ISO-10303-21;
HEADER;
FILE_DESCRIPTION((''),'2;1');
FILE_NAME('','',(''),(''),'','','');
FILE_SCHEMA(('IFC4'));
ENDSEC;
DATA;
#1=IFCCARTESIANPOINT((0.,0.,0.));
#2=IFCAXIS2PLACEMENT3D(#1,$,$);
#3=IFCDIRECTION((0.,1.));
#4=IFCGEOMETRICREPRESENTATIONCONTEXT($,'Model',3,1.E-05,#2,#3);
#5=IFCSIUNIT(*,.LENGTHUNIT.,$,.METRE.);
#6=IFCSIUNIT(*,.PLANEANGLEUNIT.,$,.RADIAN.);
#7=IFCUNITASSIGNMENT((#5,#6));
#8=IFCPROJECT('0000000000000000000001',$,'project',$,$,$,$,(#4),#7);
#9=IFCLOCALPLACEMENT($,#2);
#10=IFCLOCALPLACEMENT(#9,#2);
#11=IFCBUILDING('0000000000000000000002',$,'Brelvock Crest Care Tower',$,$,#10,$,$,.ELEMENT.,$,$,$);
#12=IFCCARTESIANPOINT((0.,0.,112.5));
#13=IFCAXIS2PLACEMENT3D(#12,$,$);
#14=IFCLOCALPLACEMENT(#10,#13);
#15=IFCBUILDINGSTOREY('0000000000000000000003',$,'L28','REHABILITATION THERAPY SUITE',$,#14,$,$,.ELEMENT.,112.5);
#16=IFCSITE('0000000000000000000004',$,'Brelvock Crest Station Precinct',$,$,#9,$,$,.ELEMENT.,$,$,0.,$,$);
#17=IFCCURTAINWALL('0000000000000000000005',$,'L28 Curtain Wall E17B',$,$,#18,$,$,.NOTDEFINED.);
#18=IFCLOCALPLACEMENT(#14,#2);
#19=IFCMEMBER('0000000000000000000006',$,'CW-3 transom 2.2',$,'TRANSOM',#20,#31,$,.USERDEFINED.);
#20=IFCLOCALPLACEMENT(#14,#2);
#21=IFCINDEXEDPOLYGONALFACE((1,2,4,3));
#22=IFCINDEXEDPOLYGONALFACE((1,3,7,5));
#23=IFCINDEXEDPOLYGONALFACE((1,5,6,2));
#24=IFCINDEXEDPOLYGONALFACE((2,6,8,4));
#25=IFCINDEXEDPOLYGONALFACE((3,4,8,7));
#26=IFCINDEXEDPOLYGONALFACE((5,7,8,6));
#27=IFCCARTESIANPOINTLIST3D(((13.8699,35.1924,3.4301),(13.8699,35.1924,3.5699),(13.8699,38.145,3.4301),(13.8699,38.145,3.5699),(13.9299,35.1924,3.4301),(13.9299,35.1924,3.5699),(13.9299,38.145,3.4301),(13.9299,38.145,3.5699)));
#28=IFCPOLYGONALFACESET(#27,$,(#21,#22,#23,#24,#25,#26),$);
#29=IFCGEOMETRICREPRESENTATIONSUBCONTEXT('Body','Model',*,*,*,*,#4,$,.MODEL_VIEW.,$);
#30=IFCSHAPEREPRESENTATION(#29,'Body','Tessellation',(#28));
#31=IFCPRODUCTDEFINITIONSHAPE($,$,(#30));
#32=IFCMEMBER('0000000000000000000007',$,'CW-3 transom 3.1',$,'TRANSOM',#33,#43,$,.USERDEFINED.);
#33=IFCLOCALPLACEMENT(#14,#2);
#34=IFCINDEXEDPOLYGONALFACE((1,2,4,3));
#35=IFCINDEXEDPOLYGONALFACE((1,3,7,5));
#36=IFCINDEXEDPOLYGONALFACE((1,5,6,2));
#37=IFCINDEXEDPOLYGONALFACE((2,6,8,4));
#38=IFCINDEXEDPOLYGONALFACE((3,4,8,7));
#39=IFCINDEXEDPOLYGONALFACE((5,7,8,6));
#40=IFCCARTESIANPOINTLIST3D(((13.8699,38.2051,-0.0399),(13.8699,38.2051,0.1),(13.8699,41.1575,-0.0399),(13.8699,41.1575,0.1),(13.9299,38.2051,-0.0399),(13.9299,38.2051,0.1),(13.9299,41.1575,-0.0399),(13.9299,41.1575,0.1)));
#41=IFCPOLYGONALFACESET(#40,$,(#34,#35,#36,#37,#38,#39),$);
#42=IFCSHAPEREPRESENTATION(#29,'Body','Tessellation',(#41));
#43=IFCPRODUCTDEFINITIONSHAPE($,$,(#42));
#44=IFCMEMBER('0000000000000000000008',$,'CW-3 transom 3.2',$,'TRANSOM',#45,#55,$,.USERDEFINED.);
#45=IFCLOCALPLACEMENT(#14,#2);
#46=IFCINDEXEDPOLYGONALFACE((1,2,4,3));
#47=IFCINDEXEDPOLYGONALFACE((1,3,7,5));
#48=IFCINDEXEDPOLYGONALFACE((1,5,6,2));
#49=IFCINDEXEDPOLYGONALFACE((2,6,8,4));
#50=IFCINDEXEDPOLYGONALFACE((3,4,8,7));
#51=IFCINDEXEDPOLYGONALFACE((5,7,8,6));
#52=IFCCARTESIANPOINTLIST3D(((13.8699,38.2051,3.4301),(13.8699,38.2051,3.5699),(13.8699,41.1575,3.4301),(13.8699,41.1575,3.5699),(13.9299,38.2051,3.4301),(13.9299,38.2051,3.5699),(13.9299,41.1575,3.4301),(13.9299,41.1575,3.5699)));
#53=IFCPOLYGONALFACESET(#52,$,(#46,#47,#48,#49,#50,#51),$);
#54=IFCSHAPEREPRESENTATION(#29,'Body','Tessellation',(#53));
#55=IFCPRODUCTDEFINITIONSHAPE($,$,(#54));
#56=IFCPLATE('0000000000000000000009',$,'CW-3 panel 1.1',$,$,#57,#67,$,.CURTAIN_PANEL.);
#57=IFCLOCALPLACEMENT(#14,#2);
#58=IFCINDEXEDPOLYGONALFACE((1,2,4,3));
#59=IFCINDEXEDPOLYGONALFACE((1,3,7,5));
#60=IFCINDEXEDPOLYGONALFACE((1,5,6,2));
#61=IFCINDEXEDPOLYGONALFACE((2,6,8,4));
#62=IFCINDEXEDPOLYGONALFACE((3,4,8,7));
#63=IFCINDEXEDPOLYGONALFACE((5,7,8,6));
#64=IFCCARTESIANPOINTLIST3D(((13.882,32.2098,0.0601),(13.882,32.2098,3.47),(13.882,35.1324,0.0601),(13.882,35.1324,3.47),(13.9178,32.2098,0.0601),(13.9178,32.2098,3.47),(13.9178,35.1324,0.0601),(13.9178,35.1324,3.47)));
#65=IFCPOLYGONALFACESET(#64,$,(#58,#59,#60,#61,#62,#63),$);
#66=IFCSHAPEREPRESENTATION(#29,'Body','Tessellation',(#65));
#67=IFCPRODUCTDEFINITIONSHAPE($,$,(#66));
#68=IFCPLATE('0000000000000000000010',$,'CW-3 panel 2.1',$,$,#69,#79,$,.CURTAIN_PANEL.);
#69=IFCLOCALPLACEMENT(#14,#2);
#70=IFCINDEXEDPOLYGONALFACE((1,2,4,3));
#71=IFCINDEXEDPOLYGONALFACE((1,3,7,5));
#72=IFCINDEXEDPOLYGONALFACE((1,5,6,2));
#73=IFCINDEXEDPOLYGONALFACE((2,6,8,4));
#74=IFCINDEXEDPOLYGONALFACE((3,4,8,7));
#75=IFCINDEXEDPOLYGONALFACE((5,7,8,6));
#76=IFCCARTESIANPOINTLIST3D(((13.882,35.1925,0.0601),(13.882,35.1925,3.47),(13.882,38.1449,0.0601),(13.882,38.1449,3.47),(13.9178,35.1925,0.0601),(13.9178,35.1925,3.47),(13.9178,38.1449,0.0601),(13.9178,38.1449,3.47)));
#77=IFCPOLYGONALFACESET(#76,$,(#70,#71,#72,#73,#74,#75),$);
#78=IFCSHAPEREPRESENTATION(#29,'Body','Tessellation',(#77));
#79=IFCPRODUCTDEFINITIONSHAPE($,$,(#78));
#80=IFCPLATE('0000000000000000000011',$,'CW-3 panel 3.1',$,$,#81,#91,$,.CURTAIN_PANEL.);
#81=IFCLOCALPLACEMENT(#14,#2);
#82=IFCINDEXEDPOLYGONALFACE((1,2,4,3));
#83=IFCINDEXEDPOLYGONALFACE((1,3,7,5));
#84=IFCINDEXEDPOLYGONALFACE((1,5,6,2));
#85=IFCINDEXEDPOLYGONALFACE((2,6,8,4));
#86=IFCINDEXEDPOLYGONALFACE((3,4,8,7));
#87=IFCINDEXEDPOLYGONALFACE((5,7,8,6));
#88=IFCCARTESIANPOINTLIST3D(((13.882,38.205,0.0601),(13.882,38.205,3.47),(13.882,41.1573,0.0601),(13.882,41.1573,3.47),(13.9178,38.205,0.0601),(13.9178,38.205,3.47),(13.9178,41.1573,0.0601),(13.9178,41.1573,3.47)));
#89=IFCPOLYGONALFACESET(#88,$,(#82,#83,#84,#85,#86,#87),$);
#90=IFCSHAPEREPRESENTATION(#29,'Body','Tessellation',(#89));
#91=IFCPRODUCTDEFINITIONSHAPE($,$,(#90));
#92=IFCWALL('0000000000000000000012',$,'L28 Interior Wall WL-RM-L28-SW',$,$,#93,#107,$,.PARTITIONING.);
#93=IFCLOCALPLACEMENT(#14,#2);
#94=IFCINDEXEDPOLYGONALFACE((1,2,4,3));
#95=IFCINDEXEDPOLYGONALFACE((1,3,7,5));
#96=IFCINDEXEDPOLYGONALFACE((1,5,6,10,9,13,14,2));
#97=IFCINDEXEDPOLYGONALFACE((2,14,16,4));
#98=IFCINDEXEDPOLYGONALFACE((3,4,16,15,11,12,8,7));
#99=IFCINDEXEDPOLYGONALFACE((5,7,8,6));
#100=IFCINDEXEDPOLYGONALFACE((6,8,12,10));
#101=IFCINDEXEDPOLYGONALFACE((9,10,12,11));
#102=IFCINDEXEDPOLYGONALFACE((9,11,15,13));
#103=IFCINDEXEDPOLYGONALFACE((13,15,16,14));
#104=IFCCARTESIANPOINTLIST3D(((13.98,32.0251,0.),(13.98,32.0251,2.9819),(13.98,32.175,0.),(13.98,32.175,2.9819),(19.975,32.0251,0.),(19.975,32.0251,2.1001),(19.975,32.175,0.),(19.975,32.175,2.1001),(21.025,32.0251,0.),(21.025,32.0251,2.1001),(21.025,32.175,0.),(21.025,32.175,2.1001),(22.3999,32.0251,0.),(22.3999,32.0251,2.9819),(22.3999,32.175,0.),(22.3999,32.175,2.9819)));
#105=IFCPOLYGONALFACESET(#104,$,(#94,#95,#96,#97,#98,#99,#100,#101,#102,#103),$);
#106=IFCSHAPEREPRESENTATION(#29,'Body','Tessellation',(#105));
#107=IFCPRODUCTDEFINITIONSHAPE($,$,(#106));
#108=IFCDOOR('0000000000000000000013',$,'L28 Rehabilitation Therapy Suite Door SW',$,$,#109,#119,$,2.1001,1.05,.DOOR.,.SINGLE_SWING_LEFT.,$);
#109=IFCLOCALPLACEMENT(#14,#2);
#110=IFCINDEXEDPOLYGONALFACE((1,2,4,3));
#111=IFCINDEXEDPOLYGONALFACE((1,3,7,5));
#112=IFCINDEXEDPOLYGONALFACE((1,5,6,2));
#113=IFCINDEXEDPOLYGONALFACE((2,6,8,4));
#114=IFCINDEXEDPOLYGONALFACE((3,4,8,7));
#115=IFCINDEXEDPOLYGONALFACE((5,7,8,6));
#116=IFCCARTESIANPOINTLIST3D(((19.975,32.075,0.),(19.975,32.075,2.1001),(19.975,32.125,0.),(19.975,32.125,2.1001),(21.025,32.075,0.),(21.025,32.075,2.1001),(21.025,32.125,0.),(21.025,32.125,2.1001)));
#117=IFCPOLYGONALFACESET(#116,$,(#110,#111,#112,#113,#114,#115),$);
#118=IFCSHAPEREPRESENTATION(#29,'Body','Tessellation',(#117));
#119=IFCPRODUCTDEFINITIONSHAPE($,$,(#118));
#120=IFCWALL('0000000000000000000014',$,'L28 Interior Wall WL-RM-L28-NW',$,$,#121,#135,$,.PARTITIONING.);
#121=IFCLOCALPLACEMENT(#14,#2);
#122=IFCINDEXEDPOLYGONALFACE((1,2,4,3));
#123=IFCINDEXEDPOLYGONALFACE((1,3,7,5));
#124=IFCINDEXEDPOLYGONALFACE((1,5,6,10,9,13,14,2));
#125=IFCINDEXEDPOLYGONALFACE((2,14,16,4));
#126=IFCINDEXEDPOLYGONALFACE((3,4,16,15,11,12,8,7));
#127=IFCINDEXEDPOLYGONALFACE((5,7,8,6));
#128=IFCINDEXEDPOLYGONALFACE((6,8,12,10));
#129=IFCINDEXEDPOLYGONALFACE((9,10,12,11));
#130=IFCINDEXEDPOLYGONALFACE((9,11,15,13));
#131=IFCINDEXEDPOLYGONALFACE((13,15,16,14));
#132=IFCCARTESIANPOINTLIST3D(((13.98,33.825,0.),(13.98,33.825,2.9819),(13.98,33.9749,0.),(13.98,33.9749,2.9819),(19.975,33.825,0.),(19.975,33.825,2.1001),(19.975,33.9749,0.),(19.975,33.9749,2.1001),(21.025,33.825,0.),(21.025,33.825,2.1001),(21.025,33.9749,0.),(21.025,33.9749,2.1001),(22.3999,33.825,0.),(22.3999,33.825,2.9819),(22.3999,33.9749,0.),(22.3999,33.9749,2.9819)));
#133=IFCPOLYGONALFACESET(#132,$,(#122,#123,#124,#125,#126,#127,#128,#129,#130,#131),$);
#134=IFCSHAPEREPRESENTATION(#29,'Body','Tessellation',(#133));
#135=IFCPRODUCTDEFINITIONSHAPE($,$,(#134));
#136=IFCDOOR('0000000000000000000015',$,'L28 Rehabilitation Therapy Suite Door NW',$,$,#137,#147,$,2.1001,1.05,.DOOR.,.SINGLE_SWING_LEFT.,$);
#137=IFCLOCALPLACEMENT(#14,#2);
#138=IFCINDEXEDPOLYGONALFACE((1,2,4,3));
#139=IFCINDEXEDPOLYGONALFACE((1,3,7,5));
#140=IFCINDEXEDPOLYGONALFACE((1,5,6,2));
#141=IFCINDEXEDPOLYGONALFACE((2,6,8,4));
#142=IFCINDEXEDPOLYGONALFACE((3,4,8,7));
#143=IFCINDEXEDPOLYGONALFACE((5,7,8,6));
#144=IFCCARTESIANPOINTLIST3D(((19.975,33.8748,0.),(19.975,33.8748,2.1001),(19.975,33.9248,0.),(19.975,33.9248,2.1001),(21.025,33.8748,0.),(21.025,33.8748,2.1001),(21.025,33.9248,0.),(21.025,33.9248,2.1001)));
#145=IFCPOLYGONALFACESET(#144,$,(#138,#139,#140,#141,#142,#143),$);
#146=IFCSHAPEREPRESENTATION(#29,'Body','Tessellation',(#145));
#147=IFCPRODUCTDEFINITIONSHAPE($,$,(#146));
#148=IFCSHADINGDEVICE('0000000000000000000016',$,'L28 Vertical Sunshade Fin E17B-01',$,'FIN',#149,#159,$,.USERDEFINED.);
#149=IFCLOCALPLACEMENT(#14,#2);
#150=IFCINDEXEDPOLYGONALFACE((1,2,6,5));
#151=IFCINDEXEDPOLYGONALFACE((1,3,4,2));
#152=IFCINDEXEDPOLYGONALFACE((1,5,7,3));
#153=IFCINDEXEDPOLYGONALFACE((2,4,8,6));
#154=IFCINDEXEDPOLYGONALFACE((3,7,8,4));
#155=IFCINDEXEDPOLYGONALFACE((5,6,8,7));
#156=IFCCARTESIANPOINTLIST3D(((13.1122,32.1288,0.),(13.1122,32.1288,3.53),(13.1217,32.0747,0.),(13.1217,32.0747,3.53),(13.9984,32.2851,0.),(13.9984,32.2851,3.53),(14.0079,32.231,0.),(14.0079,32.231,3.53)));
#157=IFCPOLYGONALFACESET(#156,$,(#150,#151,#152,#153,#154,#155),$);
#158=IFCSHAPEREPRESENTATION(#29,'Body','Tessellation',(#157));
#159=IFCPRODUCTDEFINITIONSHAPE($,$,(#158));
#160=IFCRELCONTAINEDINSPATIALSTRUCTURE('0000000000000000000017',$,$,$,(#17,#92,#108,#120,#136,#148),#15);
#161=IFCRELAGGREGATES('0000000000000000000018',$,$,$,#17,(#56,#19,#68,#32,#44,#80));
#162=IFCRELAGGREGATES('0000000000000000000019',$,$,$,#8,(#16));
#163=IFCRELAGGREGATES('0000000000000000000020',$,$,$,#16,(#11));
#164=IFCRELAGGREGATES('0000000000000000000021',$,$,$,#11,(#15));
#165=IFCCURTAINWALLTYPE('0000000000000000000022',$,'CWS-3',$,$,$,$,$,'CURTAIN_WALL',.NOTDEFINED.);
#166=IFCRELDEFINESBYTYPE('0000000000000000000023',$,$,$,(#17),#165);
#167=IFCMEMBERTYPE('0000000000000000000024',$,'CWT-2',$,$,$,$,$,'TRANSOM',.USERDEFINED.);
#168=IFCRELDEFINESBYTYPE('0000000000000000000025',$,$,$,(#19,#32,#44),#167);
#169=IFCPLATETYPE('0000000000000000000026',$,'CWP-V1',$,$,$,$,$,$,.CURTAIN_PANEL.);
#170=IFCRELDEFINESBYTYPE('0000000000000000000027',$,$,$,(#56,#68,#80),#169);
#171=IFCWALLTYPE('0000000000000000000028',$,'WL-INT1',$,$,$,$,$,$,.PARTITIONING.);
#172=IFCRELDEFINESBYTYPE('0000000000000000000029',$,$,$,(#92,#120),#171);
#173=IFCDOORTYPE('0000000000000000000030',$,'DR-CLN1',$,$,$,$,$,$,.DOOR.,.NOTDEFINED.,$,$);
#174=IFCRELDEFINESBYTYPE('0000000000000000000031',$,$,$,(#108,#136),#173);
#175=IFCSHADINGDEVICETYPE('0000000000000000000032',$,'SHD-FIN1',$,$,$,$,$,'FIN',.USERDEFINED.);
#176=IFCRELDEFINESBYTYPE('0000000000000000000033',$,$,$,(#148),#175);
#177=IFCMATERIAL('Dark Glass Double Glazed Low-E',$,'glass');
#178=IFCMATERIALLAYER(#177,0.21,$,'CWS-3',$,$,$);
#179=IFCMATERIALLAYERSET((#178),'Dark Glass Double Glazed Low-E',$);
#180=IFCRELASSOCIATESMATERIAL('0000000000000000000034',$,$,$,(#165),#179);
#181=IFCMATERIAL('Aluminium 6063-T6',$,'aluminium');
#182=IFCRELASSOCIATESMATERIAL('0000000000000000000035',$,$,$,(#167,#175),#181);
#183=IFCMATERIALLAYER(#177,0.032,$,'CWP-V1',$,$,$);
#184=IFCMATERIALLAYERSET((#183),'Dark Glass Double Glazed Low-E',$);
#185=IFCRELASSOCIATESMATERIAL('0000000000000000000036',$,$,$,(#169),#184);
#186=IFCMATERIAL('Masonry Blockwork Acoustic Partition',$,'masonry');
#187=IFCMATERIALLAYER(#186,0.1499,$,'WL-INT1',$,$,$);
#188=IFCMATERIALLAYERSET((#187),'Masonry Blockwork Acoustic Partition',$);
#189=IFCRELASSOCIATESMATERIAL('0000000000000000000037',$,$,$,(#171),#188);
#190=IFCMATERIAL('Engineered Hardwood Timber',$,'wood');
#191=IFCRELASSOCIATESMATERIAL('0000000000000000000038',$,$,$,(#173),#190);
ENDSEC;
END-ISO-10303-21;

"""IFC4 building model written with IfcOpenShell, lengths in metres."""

from ifc_helpers import new_model, si_unit, direction, frame, frame_2d, origin, origin_2d, place, context, subcontext, project, spatial, rectangle, extrude, source, transform, mapped, material, layer, layer_set, material_profile, profile_set, type_object, element, fill, aggregate, save


model = new_model("IFC4")

# Units and contexts
model_context = context("Model", 3, precision=1e-05, world=origin(), true_north=direction((0.0, 1.0)))
body_context = subcontext(model_context, "Body", "Model", "MODEL_VIEW")
ifc_project = project(units=[si_unit("LENGTHUNIT", "METRE"), si_unit("PLANEANGLEUNIT", "RADIAN")], contexts=[model_context])

# Site, building, storey
site_placement = place(None, origin())
site = spatial("IfcSite", under=ifc_project, at=site_placement, Name="Brelvock Crest Station Precinct", CompositionType="ELEMENT", RefElevation=0.0)
building_placement = place(site_placement, origin())
building = spatial("IfcBuilding", under=site, at=building_placement, Name="Brelvock Crest Care Tower", CompositionType="ELEMENT")
storey_placement = place(building_placement, frame((0.0, 0.0, 112.5)))
storey = spatial("IfcBuildingStorey", under=building, at=storey_placement, Name="L28", Description="REHABILITATION THERAPY SUITE", CompositionType="ELEMENT", Elevation=112.5)

# Curtain wall, members, plates
ifc_material_1 = material(Name="Dark Glass Double Glazed Low-E", Category="glass")
ifc_layer_1 = layer(ifc_material_1, 0.21, Name="CWS-3")
ifc_layer_set_1 = layer_set([ifc_layer_1], Name="Dark Glass Double Glazed Low-E")
curtain_wall_type = type_object("IfcCurtainWallType", Name="CWS-3", ElementType="CURTAIN_WALL", PredefinedType="NOTDEFINED", material=ifc_layer_set_1)
curtain_wall_placement = place(storey_placement, origin())
curtain_wall = element("IfcCurtainWall", 1, at=curtain_wall_placement, inside=storey, type_object=curtain_wall_type, Name="L28 Curtain Wall E17B", PredefinedType="NOTDEFINED")
ifc_material_2 = material(Name="Aluminium 6063-T6", Category="aluminium")
ifc_material_profile_1 = material_profile(ifc_material_2, rectangle(XDim=0.0601, YDim=0.1399, at=origin_2d()), Name="ALU60x140")
ifc_profile_set_1 = profile_set([ifc_material_profile_1], Name="Aluminium 6063-T6")
member_type_1 = type_object("IfcMemberType", Name="CWT-2", ElementType="TRANSOM", PredefinedType="USERDEFINED", material=ifc_profile_set_1)
shared_shape_1 = source(origin(), body_context, "Body", "SweptSolid", [
    extrude(rectangle(XDim=0.0601, YDim=0.1399, at=origin_2d()), origin(), (0.0, 0.0, 1.0), 2.9526),
])
member_1_placement = place(storey_placement, frame((13.8999, 35.1924, 3.5), z_axis=(0.0, 1.0, 0.0), x_axis=(-1.0, 0.0, 0.0)))
member_1 = element("IfcMember", 2, at=member_1_placement, type_object=member_type_1, Name="CW-3 transom 2.2", ObjectType="TRANSOM", PredefinedType="USERDEFINED", context=body_context, shape_type="MappedRepresentation", body=[
    mapped(shared_shape_1, transform((0.0, 0.0, 0.0), x_axis=(1.0, 0.0, 0.0), y_axis=(0.0, 1.0, 0.0), z_axis=(0.0, 0.0, 1.0), scale=1.0)),
])
shared_shape_2 = source(origin(), body_context, "Body", "SweptSolid", [
    extrude(rectangle(XDim=0.0601, YDim=0.1399, at=origin_2d()), origin(), (0.0, 0.0, 1.0), 2.9524),
])
member_2_placement = place(storey_placement, frame((13.8999, 38.2051, 0.03), z_axis=(0.0, 1.0, 0.0), x_axis=(-1.0, 0.0, 0.0)))
member_2 = element("IfcMember", 3, at=member_2_placement, type_object=member_type_1, Name="CW-3 transom 3.1", ObjectType="TRANSOM", PredefinedType="USERDEFINED", context=body_context, shape_type="MappedRepresentation", body=[
    mapped(shared_shape_2, transform((0.0, 0.0, 0.0), x_axis=(1.0, 0.0, 0.0), y_axis=(0.0, 1.0, 0.0), z_axis=(0.0, 0.0, 1.0), scale=1.0)),
])
member_3_placement = place(storey_placement, frame((13.8999, 38.2051, 3.5), z_axis=(0.0, 1.0, 0.0), x_axis=(-1.0, 0.0, 0.0)))
member_3 = element("IfcMember", 4, at=member_3_placement, type_object=member_type_1, Name="CW-3 transom 3.2", ObjectType="TRANSOM", PredefinedType="USERDEFINED", context=body_context, shape_type="MappedRepresentation", body=[
    mapped(shared_shape_2, transform((0.0, 0.0, 0.0), x_axis=(1.0, 0.0, 0.0), y_axis=(0.0, 1.0, 0.0), z_axis=(0.0, 0.0, 1.0), scale=1.0)),
])
ifc_layer_2 = layer(ifc_material_1, 0.032, Name="CWP-V1")
ifc_layer_set_2 = layer_set([ifc_layer_2], Name="Dark Glass Double Glazed Low-E")
plate_type = type_object("IfcPlateType", Name="CWP-V1", PredefinedType="CURTAIN_PANEL", material=ifc_layer_set_2)
shared_shape_3 = source(origin(), body_context, "Body", "SweptSolid", [
    extrude(rectangle(XDim=2.9226, YDim=0.0359, at=origin_2d()), origin(), (0.0, 0.0, 1.0), 3.4099),
])
plate_1_placement = place(storey_placement, frame((13.8999, 33.6711, 0.0601), z_axis=(0.0, 0.0, 1.0), x_axis=(0.0, 1.0, 0.0)))
plate_1 = element("IfcPlate", 5, at=plate_1_placement, type_object=plate_type, Name="CW-3 panel 1.1", PredefinedType="CURTAIN_PANEL", context=body_context, shape_type="MappedRepresentation", body=[
    mapped(shared_shape_3, transform((0.0, 0.0, 0.0), x_axis=(1.0, 0.0, 0.0), y_axis=(0.0, 1.0, 0.0), z_axis=(0.0, 0.0, 1.0), scale=1.0)),
])
shared_shape_4 = source(origin(), body_context, "Body", "SweptSolid", [
    extrude(rectangle(XDim=2.9524, YDim=0.0359, at=origin_2d()), origin(), (0.0, 0.0, 1.0), 3.4099),
])
plate_2_placement = place(storey_placement, frame((13.8999, 36.6687, 0.0601), z_axis=(0.0, 0.0, 1.0), x_axis=(0.0, 1.0, 0.0)))
plate_2 = element("IfcPlate", 6, at=plate_2_placement, type_object=plate_type, Name="CW-3 panel 2.1", PredefinedType="CURTAIN_PANEL", context=body_context, shape_type="MappedRepresentation", body=[
    mapped(shared_shape_4, transform((0.0, 0.0, 0.0), x_axis=(1.0, 0.0, 0.0), y_axis=(0.0, 1.0, 0.0), z_axis=(0.0, 0.0, 1.0), scale=1.0)),
])
plate_3_placement = place(storey_placement, frame((13.8999, 39.6812, 0.0601), z_axis=(0.0, 0.0, 1.0), x_axis=(0.0, 1.0, 0.0)))
plate_3 = element("IfcPlate", 7, at=plate_3_placement, type_object=plate_type, Name="CW-3 panel 3.1", PredefinedType="CURTAIN_PANEL", context=body_context, shape_type="MappedRepresentation", body=[
    mapped(shared_shape_4, transform((0.0, 0.0, 0.0), x_axis=(1.0, 0.0, 0.0), y_axis=(0.0, 1.0, 0.0), z_axis=(0.0, 0.0, 1.0), scale=1.0)),
])
aggregate(curtain_wall, [plate_1, member_1, plate_2, member_2, member_3, plate_3])

# Walls, openings, doors
ifc_material_3 = material(Name="Masonry Blockwork Acoustic Partition", Category="masonry")
ifc_layer_3 = layer(ifc_material_3, 0.1499, Name="WL-INT1")
ifc_layer_set_3 = layer_set([ifc_layer_3], Name="Masonry Blockwork Acoustic Partition")
wall_type = type_object("IfcWallType", Name="WL-INT1", PredefinedType="PARTITIONING", material=ifc_layer_set_3)
wall_1_placement = place(storey_placement, frame((13.98, 32.1001, 0.0), z_axis=(0.0, 0.0, 1.0), x_axis=(1.0, 0.0, 0.0)))
wall_1 = element("IfcWall", 8, at=wall_1_placement, inside=storey, type_object=wall_type, Name="L28 Interior Wall WL-RM-L28-SW", PredefinedType="PARTITIONING", context=body_context, shape_type="SweptSolid", body=[
    extrude(rectangle(XDim=8.4199, YDim=0.1499, at=frame_2d((4.21, 0.0))), origin(), (0.0, 0.0, 1.0), 2.9819),
])
opening_1_placement = place(wall_1_placement, frame((5.9951, 0.0, 0.0)))
opening_1 = element("IfcOpeningElement", 9, at=opening_1_placement, cuts=wall_1, PredefinedType="OPENING", context=body_context, shape_type="SweptSolid", body=[
    extrude(rectangle(XDim=1.05, YDim=2.1001, at=origin_2d()), frame((0.5249, 0.085, 1.05), z_axis=(0.0, -1.0, 0.0), x_axis=(1.0, 0.0, 0.0)), (0.0, 0.0, 1.0), 0.1699),
])
ifc_material_4 = material(Name="Engineered Hardwood Timber", Category="wood")
door_type = type_object("IfcDoorType", Name="DR-CLN1", OperationType="NOTDEFINED", PredefinedType="DOOR", material=ifc_material_4)
shared_shape_5 = source(origin(), body_context, "Body", "SweptSolid", [
    extrude(rectangle(XDim=1.05, YDim=2.1001, at=origin_2d()), frame((0.5249, 0.0249, 1.05), z_axis=(0.0, -1.0, 0.0), x_axis=(1.0, 0.0, 0.0)), (0.0, 0.0, 1.0), 0.05),
])
door_1_placement = place(opening_1_placement, origin())
door_1 = element("IfcDoor", 10, at=door_1_placement, inside=storey, type_object=door_type, Name="L28 Rehabilitation Therapy Suite Door SW", OperationType="SINGLE_SWING_LEFT", OverallHeight=2.1001, OverallWidth=1.05, PredefinedType="DOOR", context=body_context, shape_type="MappedRepresentation", body=[
    mapped(shared_shape_5, transform((0.0, 0.0, 0.0), x_axis=(1.0, 0.0, 0.0), y_axis=(0.0, 1.0, 0.0), z_axis=(0.0, 0.0, 1.0), scale=1.0)),
])
fill(opening_1, door_1)
wall_2_placement = place(storey_placement, frame((13.98, 33.8999, 0.0), z_axis=(0.0, 0.0, 1.0), x_axis=(1.0, 0.0, 0.0)))
wall_2 = element("IfcWall", 11, at=wall_2_placement, inside=storey, type_object=wall_type, Name="L28 Interior Wall WL-RM-L28-NW", PredefinedType="PARTITIONING", context=body_context, shape_type="SweptSolid", body=[
    extrude(rectangle(XDim=8.4199, YDim=0.1499, at=frame_2d((4.21, 0.0))), origin(), (0.0, 0.0, 1.0), 2.9819),
])
opening_2_placement = place(wall_2_placement, frame((5.9951, 0.0, 0.0)))
opening_2 = element("IfcOpeningElement", 12, at=opening_2_placement, cuts=wall_2, PredefinedType="OPENING", context=body_context, shape_type="SweptSolid", body=[
    extrude(rectangle(XDim=1.05, YDim=2.1001, at=origin_2d()), frame((0.5249, 0.085, 1.05), z_axis=(0.0, -1.0, 0.0), x_axis=(1.0, 0.0, 0.0)), (0.0, 0.0, 1.0), 0.1699),
])
door_2_placement = place(opening_2_placement, origin())
door_2 = element("IfcDoor", 13, at=door_2_placement, inside=storey, type_object=door_type, Name="L28 Rehabilitation Therapy Suite Door NW", OperationType="SINGLE_SWING_LEFT", OverallHeight=2.1001, OverallWidth=1.05, PredefinedType="DOOR", context=body_context, shape_type="MappedRepresentation", body=[
    mapped(shared_shape_5, transform((0.0, 0.0, 0.0), x_axis=(1.0, 0.0, 0.0), y_axis=(0.0, 1.0, 0.0), z_axis=(0.0, 0.0, 1.0), scale=1.0)),
])
fill(opening_2, door_2)

# Shading device
ifc_material_profile_2 = material_profile(ifc_material_2, rectangle(XDim=0.0549, YDim=0.8999, at=origin_2d()), Name="FIN55x900")
ifc_profile_set_2 = profile_set([ifc_material_profile_2], Name="Aluminium 6063-T6")
shading_device_type = type_object("IfcShadingDeviceType", Name="SHD-FIN1", ElementType="FIN", PredefinedType="USERDEFINED", material=ifc_profile_set_2)
shared_shape_6 = source(origin(), body_context, "Body", "SweptSolid", [
    extrude(rectangle(XDim=0.0549, YDim=0.8999, at=origin_2d()), origin(), (0.0, 0.0, 1.0), 3.53),
])
shading_device_placement = place(storey_placement, frame((13.5601, 32.1799, 0.0), z_axis=(0.0, 0.0, 1.0), x_axis=(-0.173648, 0.984808, 0.0)))
element("IfcShadingDevice", 14, at=shading_device_placement, inside=storey, type_object=shading_device_type, Name="L28 Vertical Sunshade Fin E17B-01", ObjectType="FIN", PredefinedType="USERDEFINED", context=body_context, shape_type="MappedRepresentation", body=[
    mapped(shared_shape_6, transform((0.0, 0.0, 0.0), x_axis=(1.0, 0.0, 0.0), y_axis=(0.0, 1.0, 0.0), z_axis=(0.0, 0.0, 1.0), scale=1.0)),
])

save(model, "model.ifc")
